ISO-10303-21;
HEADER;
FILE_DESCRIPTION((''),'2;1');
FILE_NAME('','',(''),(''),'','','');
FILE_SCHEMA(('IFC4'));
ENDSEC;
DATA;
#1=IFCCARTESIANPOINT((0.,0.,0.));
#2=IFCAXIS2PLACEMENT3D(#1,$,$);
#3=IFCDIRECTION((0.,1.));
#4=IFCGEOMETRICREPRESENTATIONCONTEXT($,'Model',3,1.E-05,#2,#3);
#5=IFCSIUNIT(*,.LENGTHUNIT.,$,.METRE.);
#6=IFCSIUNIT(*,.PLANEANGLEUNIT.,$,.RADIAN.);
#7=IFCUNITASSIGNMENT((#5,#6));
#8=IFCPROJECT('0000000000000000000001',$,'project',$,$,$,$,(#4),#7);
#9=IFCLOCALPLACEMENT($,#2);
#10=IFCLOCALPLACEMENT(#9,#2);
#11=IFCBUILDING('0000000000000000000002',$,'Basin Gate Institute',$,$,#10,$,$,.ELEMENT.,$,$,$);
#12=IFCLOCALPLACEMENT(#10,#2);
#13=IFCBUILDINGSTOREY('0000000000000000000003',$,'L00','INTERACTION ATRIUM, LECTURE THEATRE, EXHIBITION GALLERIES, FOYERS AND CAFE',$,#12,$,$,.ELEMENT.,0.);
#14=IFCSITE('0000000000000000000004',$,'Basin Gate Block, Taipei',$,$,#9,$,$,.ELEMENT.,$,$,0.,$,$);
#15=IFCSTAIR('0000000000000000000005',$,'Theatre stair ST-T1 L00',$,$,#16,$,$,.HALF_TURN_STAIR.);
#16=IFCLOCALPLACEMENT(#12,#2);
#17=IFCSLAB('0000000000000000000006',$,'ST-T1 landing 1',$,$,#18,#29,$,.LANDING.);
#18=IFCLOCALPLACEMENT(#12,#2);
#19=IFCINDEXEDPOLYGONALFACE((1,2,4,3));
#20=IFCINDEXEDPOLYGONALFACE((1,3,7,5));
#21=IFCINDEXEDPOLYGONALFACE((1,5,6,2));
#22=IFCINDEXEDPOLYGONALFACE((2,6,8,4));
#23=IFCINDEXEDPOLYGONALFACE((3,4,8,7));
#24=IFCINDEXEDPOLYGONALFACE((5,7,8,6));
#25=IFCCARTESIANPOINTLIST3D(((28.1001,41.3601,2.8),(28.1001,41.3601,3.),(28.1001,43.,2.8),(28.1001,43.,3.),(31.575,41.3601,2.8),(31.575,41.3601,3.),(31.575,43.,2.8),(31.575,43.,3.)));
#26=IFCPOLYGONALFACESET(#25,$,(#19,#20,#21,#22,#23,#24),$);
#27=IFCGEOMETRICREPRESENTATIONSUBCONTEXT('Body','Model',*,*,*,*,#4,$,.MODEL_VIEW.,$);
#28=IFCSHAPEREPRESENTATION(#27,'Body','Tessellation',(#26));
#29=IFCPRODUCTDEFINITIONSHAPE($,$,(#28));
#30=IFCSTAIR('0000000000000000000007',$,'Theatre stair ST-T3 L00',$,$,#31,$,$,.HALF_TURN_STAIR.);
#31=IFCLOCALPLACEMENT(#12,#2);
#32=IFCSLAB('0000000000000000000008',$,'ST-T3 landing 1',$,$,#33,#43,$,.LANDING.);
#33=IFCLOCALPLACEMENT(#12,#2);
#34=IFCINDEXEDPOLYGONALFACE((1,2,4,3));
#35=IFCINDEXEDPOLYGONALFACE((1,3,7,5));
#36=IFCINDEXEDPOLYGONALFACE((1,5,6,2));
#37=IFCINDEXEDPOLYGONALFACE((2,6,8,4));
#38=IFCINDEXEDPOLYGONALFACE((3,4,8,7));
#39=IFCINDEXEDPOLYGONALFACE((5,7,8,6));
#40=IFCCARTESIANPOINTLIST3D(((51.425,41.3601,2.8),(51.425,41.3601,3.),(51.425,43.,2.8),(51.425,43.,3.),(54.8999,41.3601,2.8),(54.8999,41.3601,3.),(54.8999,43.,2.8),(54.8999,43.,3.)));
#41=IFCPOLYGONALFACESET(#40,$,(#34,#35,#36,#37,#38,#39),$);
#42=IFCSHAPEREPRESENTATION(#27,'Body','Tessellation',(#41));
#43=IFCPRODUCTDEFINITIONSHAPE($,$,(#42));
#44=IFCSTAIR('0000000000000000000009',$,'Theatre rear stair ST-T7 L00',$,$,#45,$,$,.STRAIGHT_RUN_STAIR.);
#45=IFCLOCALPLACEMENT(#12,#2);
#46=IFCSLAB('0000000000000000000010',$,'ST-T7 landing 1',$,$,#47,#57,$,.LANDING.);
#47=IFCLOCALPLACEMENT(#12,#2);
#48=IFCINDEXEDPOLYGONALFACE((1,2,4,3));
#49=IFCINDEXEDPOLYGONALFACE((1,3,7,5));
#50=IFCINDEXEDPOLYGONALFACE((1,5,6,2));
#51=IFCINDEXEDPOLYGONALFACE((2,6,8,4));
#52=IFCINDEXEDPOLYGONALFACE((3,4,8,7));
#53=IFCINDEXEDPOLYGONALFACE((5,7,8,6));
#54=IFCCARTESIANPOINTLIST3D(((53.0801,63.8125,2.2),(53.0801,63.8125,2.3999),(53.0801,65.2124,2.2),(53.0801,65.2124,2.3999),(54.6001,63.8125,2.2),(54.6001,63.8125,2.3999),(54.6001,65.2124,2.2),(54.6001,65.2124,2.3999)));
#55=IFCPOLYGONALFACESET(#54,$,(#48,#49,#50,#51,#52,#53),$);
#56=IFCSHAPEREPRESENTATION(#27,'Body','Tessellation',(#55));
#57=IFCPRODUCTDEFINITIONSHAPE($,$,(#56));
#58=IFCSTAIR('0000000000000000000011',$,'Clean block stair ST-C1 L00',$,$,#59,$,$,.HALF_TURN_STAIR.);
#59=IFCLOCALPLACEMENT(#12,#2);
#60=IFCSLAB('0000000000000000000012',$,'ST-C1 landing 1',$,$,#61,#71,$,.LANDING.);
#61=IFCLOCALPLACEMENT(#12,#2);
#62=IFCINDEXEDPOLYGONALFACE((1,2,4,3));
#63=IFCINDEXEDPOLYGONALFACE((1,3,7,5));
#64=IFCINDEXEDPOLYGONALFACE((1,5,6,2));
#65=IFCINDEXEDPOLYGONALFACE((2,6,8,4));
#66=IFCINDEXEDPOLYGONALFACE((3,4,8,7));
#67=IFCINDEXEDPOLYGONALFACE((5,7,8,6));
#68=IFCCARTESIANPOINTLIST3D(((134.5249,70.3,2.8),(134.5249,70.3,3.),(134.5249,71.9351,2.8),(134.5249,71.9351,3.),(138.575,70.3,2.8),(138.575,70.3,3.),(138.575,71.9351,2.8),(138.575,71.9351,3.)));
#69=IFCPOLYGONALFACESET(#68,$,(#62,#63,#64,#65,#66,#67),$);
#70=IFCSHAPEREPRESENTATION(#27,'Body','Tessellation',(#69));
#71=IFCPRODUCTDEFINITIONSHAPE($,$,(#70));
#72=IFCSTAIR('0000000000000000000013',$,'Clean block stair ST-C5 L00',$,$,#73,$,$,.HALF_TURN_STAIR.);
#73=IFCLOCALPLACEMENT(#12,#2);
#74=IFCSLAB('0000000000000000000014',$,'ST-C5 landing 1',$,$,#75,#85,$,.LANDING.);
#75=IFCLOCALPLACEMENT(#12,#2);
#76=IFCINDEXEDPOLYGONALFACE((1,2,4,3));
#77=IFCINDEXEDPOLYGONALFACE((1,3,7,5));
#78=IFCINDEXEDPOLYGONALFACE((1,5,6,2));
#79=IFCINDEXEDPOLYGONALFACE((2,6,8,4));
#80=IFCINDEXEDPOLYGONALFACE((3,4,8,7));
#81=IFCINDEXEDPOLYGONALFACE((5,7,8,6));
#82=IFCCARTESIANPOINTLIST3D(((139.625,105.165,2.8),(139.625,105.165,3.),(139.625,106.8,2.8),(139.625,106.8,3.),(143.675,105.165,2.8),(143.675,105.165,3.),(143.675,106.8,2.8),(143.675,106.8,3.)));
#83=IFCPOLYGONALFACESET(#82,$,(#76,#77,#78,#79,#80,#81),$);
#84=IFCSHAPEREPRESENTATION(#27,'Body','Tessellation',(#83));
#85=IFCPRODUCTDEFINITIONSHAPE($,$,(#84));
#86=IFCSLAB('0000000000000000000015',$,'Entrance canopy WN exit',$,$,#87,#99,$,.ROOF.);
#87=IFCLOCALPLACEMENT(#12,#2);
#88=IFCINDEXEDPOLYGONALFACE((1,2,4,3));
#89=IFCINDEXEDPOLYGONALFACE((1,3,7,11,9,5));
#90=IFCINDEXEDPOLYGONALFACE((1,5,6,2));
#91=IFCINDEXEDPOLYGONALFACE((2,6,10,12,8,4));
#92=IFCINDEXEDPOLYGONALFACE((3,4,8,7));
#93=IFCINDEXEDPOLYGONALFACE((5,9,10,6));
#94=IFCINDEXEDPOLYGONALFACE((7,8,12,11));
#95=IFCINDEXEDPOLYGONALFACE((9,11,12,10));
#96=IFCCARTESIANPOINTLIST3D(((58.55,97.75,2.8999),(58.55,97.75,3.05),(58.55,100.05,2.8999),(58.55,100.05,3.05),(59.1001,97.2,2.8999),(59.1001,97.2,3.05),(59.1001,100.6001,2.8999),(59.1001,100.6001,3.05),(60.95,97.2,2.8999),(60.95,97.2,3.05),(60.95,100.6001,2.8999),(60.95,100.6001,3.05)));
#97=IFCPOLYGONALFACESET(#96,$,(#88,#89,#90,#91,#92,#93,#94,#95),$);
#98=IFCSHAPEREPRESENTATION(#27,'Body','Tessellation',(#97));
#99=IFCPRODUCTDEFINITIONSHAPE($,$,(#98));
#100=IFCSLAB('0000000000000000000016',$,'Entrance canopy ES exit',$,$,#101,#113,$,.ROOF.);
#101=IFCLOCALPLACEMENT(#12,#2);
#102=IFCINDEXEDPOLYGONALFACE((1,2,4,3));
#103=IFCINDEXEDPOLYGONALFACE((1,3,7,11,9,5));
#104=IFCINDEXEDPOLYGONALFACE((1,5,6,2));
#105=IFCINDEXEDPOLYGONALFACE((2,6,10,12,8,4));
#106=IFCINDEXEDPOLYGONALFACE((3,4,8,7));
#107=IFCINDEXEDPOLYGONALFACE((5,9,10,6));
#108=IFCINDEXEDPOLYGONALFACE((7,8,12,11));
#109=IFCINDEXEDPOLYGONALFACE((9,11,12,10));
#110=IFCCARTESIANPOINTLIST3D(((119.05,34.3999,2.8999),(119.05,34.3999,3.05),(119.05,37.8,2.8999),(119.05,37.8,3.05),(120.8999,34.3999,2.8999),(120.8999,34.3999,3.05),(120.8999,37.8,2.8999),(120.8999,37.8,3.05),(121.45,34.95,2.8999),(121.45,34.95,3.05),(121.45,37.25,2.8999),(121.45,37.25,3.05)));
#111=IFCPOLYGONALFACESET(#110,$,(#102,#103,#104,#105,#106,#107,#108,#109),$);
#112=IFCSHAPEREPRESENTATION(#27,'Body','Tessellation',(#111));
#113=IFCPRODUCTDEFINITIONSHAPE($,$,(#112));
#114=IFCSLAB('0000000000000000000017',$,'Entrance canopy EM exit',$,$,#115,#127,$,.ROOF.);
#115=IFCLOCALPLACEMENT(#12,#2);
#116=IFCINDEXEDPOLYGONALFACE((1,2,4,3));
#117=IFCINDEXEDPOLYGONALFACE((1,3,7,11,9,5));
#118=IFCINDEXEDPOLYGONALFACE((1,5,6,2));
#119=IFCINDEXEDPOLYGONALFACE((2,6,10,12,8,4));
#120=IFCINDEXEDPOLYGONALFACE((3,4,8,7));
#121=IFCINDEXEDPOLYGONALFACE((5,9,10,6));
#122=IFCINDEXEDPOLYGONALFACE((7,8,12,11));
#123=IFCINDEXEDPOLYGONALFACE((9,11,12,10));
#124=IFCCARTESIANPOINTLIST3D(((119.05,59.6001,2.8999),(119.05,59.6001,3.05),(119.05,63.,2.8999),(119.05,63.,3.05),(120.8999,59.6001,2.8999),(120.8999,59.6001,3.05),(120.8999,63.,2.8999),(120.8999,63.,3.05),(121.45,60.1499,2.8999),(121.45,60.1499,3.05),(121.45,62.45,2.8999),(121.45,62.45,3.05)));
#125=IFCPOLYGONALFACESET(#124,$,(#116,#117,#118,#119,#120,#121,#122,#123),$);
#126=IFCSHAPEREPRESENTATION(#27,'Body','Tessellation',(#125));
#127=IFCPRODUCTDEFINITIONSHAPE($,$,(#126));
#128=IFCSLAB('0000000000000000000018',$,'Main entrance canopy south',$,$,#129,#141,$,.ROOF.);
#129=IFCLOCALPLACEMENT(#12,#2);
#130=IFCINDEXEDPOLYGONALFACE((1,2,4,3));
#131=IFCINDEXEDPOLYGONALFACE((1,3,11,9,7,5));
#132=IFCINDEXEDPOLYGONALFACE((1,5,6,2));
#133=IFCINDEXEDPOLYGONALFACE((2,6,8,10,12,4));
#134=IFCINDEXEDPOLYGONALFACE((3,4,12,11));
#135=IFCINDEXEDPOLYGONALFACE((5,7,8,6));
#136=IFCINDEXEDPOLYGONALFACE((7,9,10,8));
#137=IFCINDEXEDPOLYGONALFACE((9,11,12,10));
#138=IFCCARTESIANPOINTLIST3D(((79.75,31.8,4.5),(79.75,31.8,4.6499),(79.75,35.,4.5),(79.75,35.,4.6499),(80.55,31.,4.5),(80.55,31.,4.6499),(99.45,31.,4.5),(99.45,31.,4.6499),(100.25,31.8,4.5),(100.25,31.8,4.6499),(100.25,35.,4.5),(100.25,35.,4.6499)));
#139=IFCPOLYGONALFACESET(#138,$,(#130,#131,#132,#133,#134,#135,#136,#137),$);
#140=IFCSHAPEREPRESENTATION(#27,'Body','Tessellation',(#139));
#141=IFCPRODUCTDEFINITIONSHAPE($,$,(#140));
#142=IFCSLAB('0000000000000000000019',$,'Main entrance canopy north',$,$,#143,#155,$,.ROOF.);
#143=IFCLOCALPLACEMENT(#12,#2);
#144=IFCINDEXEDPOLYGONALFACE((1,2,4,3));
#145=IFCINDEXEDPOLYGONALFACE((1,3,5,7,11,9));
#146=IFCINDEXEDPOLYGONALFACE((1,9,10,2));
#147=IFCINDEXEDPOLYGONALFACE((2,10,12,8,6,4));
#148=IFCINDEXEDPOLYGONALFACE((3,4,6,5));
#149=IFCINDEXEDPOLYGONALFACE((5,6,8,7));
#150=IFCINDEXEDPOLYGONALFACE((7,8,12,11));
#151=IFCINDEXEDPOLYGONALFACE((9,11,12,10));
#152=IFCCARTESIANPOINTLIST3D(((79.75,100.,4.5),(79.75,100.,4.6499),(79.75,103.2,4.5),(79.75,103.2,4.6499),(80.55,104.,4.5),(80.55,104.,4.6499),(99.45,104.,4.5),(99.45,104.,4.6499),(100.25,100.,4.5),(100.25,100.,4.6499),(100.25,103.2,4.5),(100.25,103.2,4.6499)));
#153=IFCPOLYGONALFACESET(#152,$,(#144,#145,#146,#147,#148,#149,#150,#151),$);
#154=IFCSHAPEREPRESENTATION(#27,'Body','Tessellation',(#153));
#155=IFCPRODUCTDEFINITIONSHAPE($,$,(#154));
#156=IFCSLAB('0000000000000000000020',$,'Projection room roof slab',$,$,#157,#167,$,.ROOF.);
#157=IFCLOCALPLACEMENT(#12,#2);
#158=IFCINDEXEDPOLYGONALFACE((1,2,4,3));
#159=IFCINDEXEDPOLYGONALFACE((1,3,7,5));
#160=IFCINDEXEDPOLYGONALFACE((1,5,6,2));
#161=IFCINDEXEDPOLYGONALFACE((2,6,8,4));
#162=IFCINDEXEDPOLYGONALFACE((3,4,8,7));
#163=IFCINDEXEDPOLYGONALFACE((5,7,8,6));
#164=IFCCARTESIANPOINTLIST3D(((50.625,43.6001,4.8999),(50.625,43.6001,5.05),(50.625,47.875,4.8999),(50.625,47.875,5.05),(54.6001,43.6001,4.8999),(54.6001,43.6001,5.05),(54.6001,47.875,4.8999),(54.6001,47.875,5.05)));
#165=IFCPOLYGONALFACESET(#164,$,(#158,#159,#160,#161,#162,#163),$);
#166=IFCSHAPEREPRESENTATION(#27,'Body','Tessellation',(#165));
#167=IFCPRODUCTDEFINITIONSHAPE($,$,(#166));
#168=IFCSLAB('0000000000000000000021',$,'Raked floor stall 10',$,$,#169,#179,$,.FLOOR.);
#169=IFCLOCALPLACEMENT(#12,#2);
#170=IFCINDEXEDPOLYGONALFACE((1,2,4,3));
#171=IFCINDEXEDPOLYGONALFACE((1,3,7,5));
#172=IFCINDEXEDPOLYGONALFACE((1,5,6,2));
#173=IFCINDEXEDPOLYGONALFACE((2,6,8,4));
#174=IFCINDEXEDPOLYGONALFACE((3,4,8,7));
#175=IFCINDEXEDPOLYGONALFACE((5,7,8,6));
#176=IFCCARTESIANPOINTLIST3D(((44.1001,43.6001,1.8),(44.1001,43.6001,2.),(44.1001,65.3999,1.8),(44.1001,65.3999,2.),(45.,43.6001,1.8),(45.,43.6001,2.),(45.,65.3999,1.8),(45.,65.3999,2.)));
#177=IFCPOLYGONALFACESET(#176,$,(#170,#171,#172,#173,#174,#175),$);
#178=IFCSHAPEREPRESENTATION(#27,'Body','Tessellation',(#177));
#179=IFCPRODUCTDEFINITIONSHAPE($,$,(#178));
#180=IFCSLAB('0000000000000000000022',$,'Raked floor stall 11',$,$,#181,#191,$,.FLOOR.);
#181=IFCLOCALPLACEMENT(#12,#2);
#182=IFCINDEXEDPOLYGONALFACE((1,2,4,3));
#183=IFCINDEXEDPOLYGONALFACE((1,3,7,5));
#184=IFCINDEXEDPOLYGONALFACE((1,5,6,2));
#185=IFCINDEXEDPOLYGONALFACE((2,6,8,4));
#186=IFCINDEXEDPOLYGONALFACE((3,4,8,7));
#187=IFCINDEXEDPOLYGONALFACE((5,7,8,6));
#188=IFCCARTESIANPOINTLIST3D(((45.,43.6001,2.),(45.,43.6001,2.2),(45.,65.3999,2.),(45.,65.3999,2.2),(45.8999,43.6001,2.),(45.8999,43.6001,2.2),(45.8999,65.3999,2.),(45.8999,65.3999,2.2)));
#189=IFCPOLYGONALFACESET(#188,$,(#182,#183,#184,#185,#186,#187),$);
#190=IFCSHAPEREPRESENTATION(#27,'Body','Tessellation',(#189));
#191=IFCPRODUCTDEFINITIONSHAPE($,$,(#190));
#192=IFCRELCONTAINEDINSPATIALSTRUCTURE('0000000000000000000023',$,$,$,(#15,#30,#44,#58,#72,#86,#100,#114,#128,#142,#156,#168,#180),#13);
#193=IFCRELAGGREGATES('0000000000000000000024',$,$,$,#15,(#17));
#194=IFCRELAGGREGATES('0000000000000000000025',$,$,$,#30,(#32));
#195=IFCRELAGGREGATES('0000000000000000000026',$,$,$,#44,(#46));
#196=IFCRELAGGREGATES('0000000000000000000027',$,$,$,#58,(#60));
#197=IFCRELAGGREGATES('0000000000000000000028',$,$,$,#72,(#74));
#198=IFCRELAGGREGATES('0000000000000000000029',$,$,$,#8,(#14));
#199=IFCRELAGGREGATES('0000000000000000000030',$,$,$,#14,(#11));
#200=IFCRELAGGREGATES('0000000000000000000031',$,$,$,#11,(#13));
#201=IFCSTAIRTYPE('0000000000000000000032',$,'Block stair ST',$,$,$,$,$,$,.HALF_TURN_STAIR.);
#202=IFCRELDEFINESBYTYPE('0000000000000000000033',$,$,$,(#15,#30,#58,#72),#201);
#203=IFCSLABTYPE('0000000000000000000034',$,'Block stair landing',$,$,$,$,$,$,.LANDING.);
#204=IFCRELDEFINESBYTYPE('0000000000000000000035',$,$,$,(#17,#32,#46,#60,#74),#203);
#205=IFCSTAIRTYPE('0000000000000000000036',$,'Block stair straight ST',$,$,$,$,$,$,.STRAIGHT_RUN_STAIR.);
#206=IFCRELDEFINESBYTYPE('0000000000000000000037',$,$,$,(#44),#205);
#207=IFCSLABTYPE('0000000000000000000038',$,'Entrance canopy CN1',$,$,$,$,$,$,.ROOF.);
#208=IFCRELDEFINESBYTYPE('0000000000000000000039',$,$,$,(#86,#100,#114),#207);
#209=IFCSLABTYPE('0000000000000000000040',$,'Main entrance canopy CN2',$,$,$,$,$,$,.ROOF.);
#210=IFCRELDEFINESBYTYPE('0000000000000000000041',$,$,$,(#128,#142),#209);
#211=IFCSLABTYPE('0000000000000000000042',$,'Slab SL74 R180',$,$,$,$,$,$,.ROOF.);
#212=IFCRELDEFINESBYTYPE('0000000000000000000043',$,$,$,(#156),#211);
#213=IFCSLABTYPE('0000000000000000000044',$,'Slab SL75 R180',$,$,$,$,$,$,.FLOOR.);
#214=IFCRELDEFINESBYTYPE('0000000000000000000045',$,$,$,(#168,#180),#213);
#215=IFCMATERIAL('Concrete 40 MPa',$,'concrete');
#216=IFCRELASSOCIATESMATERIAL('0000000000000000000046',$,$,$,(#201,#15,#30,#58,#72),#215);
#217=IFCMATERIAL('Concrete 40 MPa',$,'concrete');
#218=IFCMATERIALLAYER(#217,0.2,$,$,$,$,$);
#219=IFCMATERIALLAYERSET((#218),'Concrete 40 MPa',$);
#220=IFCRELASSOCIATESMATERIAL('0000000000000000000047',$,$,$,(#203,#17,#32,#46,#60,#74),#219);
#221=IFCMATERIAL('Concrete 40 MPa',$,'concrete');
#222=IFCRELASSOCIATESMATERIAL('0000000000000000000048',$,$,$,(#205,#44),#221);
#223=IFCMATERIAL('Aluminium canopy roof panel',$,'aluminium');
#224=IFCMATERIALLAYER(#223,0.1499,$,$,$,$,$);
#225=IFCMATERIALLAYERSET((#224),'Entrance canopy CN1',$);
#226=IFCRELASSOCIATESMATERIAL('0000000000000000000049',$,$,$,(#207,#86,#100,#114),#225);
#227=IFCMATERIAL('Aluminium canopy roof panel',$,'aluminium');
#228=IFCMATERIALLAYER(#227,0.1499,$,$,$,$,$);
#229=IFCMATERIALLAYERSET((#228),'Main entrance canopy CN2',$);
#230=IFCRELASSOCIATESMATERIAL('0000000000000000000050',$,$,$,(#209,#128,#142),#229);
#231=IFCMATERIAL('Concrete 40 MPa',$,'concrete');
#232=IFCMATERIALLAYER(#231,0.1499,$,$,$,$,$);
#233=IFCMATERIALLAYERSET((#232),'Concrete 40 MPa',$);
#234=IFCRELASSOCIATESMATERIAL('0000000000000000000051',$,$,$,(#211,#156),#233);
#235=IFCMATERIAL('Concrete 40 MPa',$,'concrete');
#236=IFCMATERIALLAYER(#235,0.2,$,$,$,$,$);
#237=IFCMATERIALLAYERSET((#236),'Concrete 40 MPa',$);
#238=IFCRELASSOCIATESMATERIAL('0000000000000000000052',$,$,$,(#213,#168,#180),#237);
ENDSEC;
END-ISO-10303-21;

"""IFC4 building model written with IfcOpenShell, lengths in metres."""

from ifc_helpers import new_model, si_unit, direction, frame, origin, place, context, subcontext, project, spatial, polyline, outline, extrude, material, layer, layer_set, type_object, element, aggregate, save


model = new_model("IFC4")

# Units and contexts
model_context = context("Model", 3, precision=1e-05, world=origin(), true_north=direction((0.0, 1.0)))
body_context = subcontext(model_context, "Body", "Model", "MODEL_VIEW")
ifc_project = project(units=[si_unit("LENGTHUNIT", "METRE"), si_unit("PLANEANGLEUNIT", "RADIAN")], contexts=[model_context])

# Site, building, storey
site_placement = place(None, origin())
site = spatial("IfcSite", under=ifc_project, at=site_placement, Name="Basin Gate Block, Taipei", CompositionType="ELEMENT", RefElevation=0.0)
building_placement = place(site_placement, origin())
building = spatial("IfcBuilding", under=site, at=building_placement, Name="Basin Gate Institute", CompositionType="ELEMENT")
storey_placement = place(building_placement, origin())
storey = spatial("IfcBuildingStorey", under=building, at=storey_placement, Name="L00", Description="INTERACTION ATRIUM, LECTURE THEATRE, EXHIBITION GALLERIES, FOYERS AND CAFE", CompositionType="ELEMENT", Elevation=0.0)

# Stairs, slabs
ifc_material_1 = material(Name="Concrete 40 MPa", Category="concrete")
stair_type_1 = type_object("IfcStairType", Name="Block stair ST", PredefinedType="HALF_TURN_STAIR", material=ifc_material_1)
stair_1_placement = place(storey_placement, origin())
stair_1 = element("IfcStair", 1, at=stair_1_placement, inside=storey, type_object=stair_type_1, material=ifc_material_1, Name="Theatre stair ST-T1 L00", PredefinedType="HALF_TURN_STAIR")
ifc_material_2 = material(Name="Concrete 40 MPa", Category="concrete")
ifc_layer_1 = layer(ifc_material_2, 0.2)
ifc_layer_set_1 = layer_set([ifc_layer_1], Name="Concrete 40 MPa")
slab_type_1 = type_object("IfcSlabType", Name="Block stair landing", PredefinedType="LANDING", material=ifc_layer_set_1)
slab_1_placement = place(storey_placement, frame((0.0, 0.0, 2.8)))
slab_1 = element("IfcSlab", 2, at=slab_1_placement, type_object=slab_type_1, material=ifc_layer_set_1, Name="ST-T1 landing 1", PredefinedType="LANDING", context=body_context, shape_type="SweptSolid", body=[
    extrude(outline(polyline([(28.1001, 41.3601), (31.575, 41.3601), (31.575, 43.0), (28.1001, 43.0), (28.1001, 41.3601)])), origin(), (0.0, 0.0, 1.0), 0.2),
])
aggregate(stair_1, [slab_1])
stair_2_placement = place(storey_placement, origin())
stair_2 = element("IfcStair", 3, at=stair_2_placement, inside=storey, type_object=stair_type_1, material=ifc_material_1, Name="Theatre stair ST-T3 L00", PredefinedType="HALF_TURN_STAIR")
slab_2_placement = place(storey_placement, frame((0.0, 0.0, 2.8)))
slab_2 = element("IfcSlab", 4, at=slab_2_placement, type_object=slab_type_1, material=ifc_layer_set_1, Name="ST-T3 landing 1", PredefinedType="LANDING", context=body_context, shape_type="SweptSolid", body=[
    extrude(outline(polyline([(51.425, 41.3601), (54.8999, 41.3601), (54.8999, 43.0), (51.425, 43.0), (51.425, 41.3601)])), origin(), (0.0, 0.0, 1.0), 0.2),
])
aggregate(stair_2, [slab_2])
ifc_material_3 = material(Name="Concrete 40 MPa", Category="concrete")
stair_type_2 = type_object("IfcStairType", Name="Block stair straight ST", PredefinedType="STRAIGHT_RUN_STAIR", material=ifc_material_3)
stair_3_placement = place(storey_placement, origin())
stair_3 = element("IfcStair", 5, at=stair_3_placement, inside=storey, type_object=stair_type_2, material=ifc_material_3, Name="Theatre rear stair ST-T7 L00", PredefinedType="STRAIGHT_RUN_STAIR")
slab_3_placement = place(storey_placement, frame((0.0, 0.0, 2.2)))
slab_3 = element("IfcSlab", 6, at=slab_3_placement, type_object=slab_type_1, material=ifc_layer_set_1, Name="ST-T7 landing 1", PredefinedType="LANDING", context=body_context, shape_type="SweptSolid", body=[
    extrude(outline(polyline([(53.0801, 63.8125), (54.6001, 63.8125), (54.6001, 65.2124), (53.0801, 65.2124), (53.0801, 63.8125)])), origin(), (0.0, 0.0, 1.0), 0.2),
])
aggregate(stair_3, [slab_3])
stair_4_placement = place(storey_placement, origin())
stair_4 = element("IfcStair", 7, at=stair_4_placement, inside=storey, type_object=stair_type_1, material=ifc_material_1, Name="Clean block stair ST-C1 L00", PredefinedType="HALF_TURN_STAIR")
slab_4_placement = place(storey_placement, frame((0.0, 0.0, 2.8)))
slab_4 = element("IfcSlab", 8, at=slab_4_placement, type_object=slab_type_1, material=ifc_layer_set_1, Name="ST-C1 landing 1", PredefinedType="LANDING", context=body_context, shape_type="SweptSolid", body=[
    extrude(outline(polyline([(134.5249, 70.3), (138.575, 70.3), (138.575, 71.9351), (134.5249, 71.9351), (134.5249, 70.3)])), origin(), (0.0, 0.0, 1.0), 0.2),
])
aggregate(stair_4, [slab_4])
stair_5_placement = place(storey_placement, origin())
stair_5 = element("IfcStair", 9, at=stair_5_placement, inside=storey, type_object=stair_type_1, material=ifc_material_1, Name="Clean block stair ST-C5 L00", PredefinedType="HALF_TURN_STAIR")
slab_5_placement = place(storey_placement, frame((0.0, 0.0, 2.8)))
slab_5 = element("IfcSlab", 10, at=slab_5_placement, type_object=slab_type_1, material=ifc_layer_set_1, Name="ST-C5 landing 1", PredefinedType="LANDING", context=body_context, shape_type="SweptSolid", body=[
    extrude(outline(polyline([(139.625, 105.165), (143.675, 105.165), (143.675, 106.8), (139.625, 106.8), (139.625, 105.165)])), origin(), (0.0, 0.0, 1.0), 0.2),
])
aggregate(stair_5, [slab_5])

# Slabs
ifc_material_4 = material(Name="Aluminium canopy roof panel", Category="aluminium")
ifc_layer_2 = layer(ifc_material_4, 0.1499)
ifc_layer_set_2 = layer_set([ifc_layer_2], Name="Entrance canopy CN1")
slab_type_2 = type_object("IfcSlabType", Name="Entrance canopy CN1", PredefinedType="ROOF", material=ifc_layer_set_2)
slab_6_placement = place(storey_placement, frame((0.0, 0.0, 2.8999)))
element("IfcSlab", 11, at=slab_6_placement, inside=storey, type_object=slab_type_2, material=ifc_layer_set_2, Name="Entrance canopy WN exit", PredefinedType="ROOF", context=body_context, shape_type="SweptSolid", body=[
    extrude(outline(polyline([(60.95, 97.2), (60.95, 100.6001), (59.1001, 100.6001), (58.55, 100.05), (58.55, 97.75), (59.1001, 97.2), (60.95, 97.2)])), origin(), (0.0, 0.0, 1.0), 0.1501),
])
slab_7_placement = place(storey_placement, frame((0.0, 0.0, 2.8999)))
element("IfcSlab", 12, at=slab_7_placement, inside=storey, type_object=slab_type_2, material=ifc_layer_set_2, Name="Entrance canopy ES exit", PredefinedType="ROOF", context=body_context, shape_type="SweptSolid", body=[
    extrude(outline(polyline([(119.05, 34.3999), (119.05, 37.8), (120.8999, 37.8), (121.45, 37.25), (121.45, 34.95), (120.8999, 34.3999), (119.05, 34.3999)])), origin(), (0.0, 0.0, 1.0), 0.1501),
])
slab_8_placement = place(storey_placement, frame((0.0, 0.0, 2.8999)))
element("IfcSlab", 13, at=slab_8_placement, inside=storey, type_object=slab_type_2, material=ifc_layer_set_2, Name="Entrance canopy EM exit", PredefinedType="ROOF", context=body_context, shape_type="SweptSolid", body=[
    extrude(outline(polyline([(119.05, 59.6001), (119.05, 63.0), (120.8999, 63.0), (121.45, 62.45), (121.45, 60.1499), (120.8999, 59.6001), (119.05, 59.6001)])), origin(), (0.0, 0.0, 1.0), 0.1501),
])
ifc_material_5 = material(Name="Aluminium canopy roof panel", Category="aluminium")
ifc_layer_3 = layer(ifc_material_5, 0.1499)
ifc_layer_set_3 = layer_set([ifc_layer_3], Name="Main entrance canopy CN2")
slab_type_3 = type_object("IfcSlabType", Name="Main entrance canopy CN2", PredefinedType="ROOF", material=ifc_layer_set_3)
slab_9_placement = place(storey_placement, frame((0.0, 0.0, 4.5)))
element("IfcSlab", 14, at=slab_9_placement, inside=storey, type_object=slab_type_3, material=ifc_layer_set_3, Name="Main entrance canopy south", PredefinedType="ROOF", context=body_context, shape_type="SweptSolid", body=[
    extrude(outline(polyline([(79.75, 31.8), (80.55, 31.0), (99.45, 31.0), (100.25, 31.8), (100.25, 35.0), (79.75, 35.0), (79.75, 31.8)])), origin(), (0.0, 0.0, 1.0), 0.1499),
])
slab_10_placement = place(storey_placement, frame((0.0, 0.0, 4.5)))
element("IfcSlab", 15, at=slab_10_placement, inside=storey, type_object=slab_type_3, material=ifc_layer_set_3, Name="Main entrance canopy north", PredefinedType="ROOF", context=body_context, shape_type="SweptSolid", body=[
    extrude(outline(polyline([(79.75, 100.0), (100.25, 100.0), (100.25, 103.2), (99.45, 104.0), (80.55, 104.0), (79.75, 103.2), (79.75, 100.0)])), origin(), (0.0, 0.0, 1.0), 0.1499),
])
ifc_material_6 = material(Name="Concrete 40 MPa", Category="concrete")
ifc_layer_4 = layer(ifc_material_6, 0.1499)
ifc_layer_set_4 = layer_set([ifc_layer_4], Name="Concrete 40 MPa")
slab_type_4 = type_object("IfcSlabType", Name="Slab SL74 R180", PredefinedType="ROOF", material=ifc_layer_set_4)
slab_11_placement = place(storey_placement, frame((0.0, 0.0, 4.8999)))
element("IfcSlab", 16, at=slab_11_placement, inside=storey, type_object=slab_type_4, material=ifc_layer_set_4, Name="Projection room roof slab", PredefinedType="ROOF", context=body_context, shape_type="SweptSolid", body=[
    extrude(outline(polyline([(50.625, 43.6001), (54.6001, 43.6001), (54.6001, 47.875), (50.625, 47.875), (50.625, 43.6001)])), origin(), (0.0, 0.0, 1.0), 0.1501),
])
ifc_material_7 = material(Name="Concrete 40 MPa", Category="concrete")
ifc_layer_5 = layer(ifc_material_7, 0.2)
ifc_layer_set_5 = layer_set([ifc_layer_5], Name="Concrete 40 MPa")
slab_type_5 = type_object("IfcSlabType", Name="Slab SL75 R180", PredefinedType="FLOOR", material=ifc_layer_set_5)
slab_12_placement = place(storey_placement, frame((0.0, 0.0, 1.8)))
element("IfcSlab", 17, at=slab_12_placement, inside=storey, type_object=slab_type_5, material=ifc_layer_set_5, Name="Raked floor stall 10", PredefinedType="FLOOR", context=body_context, shape_type="SweptSolid", body=[
    extrude(outline(polyline([(44.1001, 43.6001), (45.0, 43.6001), (45.0, 65.3999), (44.1001, 65.3999), (44.1001, 43.6001)])), origin(), (0.0, 0.0, 1.0), 0.2),
])
slab_13_placement = place(storey_placement, frame((0.0, 0.0, 2.0)))
element("IfcSlab", 18, at=slab_13_placement, inside=storey, type_object=slab_type_5, material=ifc_layer_set_5, Name="Raked floor stall 11", PredefinedType="FLOOR", context=body_context, shape_type="SweptSolid", body=[
    extrude(outline(polyline([(45.0, 43.6001), (45.8999, 43.6001), (45.8999, 65.3999), (45.0, 65.3999), (45.0, 43.6001)])), origin(), (0.0, 0.0, 1.0), 0.2),
])

save(model, "model.ifc")
